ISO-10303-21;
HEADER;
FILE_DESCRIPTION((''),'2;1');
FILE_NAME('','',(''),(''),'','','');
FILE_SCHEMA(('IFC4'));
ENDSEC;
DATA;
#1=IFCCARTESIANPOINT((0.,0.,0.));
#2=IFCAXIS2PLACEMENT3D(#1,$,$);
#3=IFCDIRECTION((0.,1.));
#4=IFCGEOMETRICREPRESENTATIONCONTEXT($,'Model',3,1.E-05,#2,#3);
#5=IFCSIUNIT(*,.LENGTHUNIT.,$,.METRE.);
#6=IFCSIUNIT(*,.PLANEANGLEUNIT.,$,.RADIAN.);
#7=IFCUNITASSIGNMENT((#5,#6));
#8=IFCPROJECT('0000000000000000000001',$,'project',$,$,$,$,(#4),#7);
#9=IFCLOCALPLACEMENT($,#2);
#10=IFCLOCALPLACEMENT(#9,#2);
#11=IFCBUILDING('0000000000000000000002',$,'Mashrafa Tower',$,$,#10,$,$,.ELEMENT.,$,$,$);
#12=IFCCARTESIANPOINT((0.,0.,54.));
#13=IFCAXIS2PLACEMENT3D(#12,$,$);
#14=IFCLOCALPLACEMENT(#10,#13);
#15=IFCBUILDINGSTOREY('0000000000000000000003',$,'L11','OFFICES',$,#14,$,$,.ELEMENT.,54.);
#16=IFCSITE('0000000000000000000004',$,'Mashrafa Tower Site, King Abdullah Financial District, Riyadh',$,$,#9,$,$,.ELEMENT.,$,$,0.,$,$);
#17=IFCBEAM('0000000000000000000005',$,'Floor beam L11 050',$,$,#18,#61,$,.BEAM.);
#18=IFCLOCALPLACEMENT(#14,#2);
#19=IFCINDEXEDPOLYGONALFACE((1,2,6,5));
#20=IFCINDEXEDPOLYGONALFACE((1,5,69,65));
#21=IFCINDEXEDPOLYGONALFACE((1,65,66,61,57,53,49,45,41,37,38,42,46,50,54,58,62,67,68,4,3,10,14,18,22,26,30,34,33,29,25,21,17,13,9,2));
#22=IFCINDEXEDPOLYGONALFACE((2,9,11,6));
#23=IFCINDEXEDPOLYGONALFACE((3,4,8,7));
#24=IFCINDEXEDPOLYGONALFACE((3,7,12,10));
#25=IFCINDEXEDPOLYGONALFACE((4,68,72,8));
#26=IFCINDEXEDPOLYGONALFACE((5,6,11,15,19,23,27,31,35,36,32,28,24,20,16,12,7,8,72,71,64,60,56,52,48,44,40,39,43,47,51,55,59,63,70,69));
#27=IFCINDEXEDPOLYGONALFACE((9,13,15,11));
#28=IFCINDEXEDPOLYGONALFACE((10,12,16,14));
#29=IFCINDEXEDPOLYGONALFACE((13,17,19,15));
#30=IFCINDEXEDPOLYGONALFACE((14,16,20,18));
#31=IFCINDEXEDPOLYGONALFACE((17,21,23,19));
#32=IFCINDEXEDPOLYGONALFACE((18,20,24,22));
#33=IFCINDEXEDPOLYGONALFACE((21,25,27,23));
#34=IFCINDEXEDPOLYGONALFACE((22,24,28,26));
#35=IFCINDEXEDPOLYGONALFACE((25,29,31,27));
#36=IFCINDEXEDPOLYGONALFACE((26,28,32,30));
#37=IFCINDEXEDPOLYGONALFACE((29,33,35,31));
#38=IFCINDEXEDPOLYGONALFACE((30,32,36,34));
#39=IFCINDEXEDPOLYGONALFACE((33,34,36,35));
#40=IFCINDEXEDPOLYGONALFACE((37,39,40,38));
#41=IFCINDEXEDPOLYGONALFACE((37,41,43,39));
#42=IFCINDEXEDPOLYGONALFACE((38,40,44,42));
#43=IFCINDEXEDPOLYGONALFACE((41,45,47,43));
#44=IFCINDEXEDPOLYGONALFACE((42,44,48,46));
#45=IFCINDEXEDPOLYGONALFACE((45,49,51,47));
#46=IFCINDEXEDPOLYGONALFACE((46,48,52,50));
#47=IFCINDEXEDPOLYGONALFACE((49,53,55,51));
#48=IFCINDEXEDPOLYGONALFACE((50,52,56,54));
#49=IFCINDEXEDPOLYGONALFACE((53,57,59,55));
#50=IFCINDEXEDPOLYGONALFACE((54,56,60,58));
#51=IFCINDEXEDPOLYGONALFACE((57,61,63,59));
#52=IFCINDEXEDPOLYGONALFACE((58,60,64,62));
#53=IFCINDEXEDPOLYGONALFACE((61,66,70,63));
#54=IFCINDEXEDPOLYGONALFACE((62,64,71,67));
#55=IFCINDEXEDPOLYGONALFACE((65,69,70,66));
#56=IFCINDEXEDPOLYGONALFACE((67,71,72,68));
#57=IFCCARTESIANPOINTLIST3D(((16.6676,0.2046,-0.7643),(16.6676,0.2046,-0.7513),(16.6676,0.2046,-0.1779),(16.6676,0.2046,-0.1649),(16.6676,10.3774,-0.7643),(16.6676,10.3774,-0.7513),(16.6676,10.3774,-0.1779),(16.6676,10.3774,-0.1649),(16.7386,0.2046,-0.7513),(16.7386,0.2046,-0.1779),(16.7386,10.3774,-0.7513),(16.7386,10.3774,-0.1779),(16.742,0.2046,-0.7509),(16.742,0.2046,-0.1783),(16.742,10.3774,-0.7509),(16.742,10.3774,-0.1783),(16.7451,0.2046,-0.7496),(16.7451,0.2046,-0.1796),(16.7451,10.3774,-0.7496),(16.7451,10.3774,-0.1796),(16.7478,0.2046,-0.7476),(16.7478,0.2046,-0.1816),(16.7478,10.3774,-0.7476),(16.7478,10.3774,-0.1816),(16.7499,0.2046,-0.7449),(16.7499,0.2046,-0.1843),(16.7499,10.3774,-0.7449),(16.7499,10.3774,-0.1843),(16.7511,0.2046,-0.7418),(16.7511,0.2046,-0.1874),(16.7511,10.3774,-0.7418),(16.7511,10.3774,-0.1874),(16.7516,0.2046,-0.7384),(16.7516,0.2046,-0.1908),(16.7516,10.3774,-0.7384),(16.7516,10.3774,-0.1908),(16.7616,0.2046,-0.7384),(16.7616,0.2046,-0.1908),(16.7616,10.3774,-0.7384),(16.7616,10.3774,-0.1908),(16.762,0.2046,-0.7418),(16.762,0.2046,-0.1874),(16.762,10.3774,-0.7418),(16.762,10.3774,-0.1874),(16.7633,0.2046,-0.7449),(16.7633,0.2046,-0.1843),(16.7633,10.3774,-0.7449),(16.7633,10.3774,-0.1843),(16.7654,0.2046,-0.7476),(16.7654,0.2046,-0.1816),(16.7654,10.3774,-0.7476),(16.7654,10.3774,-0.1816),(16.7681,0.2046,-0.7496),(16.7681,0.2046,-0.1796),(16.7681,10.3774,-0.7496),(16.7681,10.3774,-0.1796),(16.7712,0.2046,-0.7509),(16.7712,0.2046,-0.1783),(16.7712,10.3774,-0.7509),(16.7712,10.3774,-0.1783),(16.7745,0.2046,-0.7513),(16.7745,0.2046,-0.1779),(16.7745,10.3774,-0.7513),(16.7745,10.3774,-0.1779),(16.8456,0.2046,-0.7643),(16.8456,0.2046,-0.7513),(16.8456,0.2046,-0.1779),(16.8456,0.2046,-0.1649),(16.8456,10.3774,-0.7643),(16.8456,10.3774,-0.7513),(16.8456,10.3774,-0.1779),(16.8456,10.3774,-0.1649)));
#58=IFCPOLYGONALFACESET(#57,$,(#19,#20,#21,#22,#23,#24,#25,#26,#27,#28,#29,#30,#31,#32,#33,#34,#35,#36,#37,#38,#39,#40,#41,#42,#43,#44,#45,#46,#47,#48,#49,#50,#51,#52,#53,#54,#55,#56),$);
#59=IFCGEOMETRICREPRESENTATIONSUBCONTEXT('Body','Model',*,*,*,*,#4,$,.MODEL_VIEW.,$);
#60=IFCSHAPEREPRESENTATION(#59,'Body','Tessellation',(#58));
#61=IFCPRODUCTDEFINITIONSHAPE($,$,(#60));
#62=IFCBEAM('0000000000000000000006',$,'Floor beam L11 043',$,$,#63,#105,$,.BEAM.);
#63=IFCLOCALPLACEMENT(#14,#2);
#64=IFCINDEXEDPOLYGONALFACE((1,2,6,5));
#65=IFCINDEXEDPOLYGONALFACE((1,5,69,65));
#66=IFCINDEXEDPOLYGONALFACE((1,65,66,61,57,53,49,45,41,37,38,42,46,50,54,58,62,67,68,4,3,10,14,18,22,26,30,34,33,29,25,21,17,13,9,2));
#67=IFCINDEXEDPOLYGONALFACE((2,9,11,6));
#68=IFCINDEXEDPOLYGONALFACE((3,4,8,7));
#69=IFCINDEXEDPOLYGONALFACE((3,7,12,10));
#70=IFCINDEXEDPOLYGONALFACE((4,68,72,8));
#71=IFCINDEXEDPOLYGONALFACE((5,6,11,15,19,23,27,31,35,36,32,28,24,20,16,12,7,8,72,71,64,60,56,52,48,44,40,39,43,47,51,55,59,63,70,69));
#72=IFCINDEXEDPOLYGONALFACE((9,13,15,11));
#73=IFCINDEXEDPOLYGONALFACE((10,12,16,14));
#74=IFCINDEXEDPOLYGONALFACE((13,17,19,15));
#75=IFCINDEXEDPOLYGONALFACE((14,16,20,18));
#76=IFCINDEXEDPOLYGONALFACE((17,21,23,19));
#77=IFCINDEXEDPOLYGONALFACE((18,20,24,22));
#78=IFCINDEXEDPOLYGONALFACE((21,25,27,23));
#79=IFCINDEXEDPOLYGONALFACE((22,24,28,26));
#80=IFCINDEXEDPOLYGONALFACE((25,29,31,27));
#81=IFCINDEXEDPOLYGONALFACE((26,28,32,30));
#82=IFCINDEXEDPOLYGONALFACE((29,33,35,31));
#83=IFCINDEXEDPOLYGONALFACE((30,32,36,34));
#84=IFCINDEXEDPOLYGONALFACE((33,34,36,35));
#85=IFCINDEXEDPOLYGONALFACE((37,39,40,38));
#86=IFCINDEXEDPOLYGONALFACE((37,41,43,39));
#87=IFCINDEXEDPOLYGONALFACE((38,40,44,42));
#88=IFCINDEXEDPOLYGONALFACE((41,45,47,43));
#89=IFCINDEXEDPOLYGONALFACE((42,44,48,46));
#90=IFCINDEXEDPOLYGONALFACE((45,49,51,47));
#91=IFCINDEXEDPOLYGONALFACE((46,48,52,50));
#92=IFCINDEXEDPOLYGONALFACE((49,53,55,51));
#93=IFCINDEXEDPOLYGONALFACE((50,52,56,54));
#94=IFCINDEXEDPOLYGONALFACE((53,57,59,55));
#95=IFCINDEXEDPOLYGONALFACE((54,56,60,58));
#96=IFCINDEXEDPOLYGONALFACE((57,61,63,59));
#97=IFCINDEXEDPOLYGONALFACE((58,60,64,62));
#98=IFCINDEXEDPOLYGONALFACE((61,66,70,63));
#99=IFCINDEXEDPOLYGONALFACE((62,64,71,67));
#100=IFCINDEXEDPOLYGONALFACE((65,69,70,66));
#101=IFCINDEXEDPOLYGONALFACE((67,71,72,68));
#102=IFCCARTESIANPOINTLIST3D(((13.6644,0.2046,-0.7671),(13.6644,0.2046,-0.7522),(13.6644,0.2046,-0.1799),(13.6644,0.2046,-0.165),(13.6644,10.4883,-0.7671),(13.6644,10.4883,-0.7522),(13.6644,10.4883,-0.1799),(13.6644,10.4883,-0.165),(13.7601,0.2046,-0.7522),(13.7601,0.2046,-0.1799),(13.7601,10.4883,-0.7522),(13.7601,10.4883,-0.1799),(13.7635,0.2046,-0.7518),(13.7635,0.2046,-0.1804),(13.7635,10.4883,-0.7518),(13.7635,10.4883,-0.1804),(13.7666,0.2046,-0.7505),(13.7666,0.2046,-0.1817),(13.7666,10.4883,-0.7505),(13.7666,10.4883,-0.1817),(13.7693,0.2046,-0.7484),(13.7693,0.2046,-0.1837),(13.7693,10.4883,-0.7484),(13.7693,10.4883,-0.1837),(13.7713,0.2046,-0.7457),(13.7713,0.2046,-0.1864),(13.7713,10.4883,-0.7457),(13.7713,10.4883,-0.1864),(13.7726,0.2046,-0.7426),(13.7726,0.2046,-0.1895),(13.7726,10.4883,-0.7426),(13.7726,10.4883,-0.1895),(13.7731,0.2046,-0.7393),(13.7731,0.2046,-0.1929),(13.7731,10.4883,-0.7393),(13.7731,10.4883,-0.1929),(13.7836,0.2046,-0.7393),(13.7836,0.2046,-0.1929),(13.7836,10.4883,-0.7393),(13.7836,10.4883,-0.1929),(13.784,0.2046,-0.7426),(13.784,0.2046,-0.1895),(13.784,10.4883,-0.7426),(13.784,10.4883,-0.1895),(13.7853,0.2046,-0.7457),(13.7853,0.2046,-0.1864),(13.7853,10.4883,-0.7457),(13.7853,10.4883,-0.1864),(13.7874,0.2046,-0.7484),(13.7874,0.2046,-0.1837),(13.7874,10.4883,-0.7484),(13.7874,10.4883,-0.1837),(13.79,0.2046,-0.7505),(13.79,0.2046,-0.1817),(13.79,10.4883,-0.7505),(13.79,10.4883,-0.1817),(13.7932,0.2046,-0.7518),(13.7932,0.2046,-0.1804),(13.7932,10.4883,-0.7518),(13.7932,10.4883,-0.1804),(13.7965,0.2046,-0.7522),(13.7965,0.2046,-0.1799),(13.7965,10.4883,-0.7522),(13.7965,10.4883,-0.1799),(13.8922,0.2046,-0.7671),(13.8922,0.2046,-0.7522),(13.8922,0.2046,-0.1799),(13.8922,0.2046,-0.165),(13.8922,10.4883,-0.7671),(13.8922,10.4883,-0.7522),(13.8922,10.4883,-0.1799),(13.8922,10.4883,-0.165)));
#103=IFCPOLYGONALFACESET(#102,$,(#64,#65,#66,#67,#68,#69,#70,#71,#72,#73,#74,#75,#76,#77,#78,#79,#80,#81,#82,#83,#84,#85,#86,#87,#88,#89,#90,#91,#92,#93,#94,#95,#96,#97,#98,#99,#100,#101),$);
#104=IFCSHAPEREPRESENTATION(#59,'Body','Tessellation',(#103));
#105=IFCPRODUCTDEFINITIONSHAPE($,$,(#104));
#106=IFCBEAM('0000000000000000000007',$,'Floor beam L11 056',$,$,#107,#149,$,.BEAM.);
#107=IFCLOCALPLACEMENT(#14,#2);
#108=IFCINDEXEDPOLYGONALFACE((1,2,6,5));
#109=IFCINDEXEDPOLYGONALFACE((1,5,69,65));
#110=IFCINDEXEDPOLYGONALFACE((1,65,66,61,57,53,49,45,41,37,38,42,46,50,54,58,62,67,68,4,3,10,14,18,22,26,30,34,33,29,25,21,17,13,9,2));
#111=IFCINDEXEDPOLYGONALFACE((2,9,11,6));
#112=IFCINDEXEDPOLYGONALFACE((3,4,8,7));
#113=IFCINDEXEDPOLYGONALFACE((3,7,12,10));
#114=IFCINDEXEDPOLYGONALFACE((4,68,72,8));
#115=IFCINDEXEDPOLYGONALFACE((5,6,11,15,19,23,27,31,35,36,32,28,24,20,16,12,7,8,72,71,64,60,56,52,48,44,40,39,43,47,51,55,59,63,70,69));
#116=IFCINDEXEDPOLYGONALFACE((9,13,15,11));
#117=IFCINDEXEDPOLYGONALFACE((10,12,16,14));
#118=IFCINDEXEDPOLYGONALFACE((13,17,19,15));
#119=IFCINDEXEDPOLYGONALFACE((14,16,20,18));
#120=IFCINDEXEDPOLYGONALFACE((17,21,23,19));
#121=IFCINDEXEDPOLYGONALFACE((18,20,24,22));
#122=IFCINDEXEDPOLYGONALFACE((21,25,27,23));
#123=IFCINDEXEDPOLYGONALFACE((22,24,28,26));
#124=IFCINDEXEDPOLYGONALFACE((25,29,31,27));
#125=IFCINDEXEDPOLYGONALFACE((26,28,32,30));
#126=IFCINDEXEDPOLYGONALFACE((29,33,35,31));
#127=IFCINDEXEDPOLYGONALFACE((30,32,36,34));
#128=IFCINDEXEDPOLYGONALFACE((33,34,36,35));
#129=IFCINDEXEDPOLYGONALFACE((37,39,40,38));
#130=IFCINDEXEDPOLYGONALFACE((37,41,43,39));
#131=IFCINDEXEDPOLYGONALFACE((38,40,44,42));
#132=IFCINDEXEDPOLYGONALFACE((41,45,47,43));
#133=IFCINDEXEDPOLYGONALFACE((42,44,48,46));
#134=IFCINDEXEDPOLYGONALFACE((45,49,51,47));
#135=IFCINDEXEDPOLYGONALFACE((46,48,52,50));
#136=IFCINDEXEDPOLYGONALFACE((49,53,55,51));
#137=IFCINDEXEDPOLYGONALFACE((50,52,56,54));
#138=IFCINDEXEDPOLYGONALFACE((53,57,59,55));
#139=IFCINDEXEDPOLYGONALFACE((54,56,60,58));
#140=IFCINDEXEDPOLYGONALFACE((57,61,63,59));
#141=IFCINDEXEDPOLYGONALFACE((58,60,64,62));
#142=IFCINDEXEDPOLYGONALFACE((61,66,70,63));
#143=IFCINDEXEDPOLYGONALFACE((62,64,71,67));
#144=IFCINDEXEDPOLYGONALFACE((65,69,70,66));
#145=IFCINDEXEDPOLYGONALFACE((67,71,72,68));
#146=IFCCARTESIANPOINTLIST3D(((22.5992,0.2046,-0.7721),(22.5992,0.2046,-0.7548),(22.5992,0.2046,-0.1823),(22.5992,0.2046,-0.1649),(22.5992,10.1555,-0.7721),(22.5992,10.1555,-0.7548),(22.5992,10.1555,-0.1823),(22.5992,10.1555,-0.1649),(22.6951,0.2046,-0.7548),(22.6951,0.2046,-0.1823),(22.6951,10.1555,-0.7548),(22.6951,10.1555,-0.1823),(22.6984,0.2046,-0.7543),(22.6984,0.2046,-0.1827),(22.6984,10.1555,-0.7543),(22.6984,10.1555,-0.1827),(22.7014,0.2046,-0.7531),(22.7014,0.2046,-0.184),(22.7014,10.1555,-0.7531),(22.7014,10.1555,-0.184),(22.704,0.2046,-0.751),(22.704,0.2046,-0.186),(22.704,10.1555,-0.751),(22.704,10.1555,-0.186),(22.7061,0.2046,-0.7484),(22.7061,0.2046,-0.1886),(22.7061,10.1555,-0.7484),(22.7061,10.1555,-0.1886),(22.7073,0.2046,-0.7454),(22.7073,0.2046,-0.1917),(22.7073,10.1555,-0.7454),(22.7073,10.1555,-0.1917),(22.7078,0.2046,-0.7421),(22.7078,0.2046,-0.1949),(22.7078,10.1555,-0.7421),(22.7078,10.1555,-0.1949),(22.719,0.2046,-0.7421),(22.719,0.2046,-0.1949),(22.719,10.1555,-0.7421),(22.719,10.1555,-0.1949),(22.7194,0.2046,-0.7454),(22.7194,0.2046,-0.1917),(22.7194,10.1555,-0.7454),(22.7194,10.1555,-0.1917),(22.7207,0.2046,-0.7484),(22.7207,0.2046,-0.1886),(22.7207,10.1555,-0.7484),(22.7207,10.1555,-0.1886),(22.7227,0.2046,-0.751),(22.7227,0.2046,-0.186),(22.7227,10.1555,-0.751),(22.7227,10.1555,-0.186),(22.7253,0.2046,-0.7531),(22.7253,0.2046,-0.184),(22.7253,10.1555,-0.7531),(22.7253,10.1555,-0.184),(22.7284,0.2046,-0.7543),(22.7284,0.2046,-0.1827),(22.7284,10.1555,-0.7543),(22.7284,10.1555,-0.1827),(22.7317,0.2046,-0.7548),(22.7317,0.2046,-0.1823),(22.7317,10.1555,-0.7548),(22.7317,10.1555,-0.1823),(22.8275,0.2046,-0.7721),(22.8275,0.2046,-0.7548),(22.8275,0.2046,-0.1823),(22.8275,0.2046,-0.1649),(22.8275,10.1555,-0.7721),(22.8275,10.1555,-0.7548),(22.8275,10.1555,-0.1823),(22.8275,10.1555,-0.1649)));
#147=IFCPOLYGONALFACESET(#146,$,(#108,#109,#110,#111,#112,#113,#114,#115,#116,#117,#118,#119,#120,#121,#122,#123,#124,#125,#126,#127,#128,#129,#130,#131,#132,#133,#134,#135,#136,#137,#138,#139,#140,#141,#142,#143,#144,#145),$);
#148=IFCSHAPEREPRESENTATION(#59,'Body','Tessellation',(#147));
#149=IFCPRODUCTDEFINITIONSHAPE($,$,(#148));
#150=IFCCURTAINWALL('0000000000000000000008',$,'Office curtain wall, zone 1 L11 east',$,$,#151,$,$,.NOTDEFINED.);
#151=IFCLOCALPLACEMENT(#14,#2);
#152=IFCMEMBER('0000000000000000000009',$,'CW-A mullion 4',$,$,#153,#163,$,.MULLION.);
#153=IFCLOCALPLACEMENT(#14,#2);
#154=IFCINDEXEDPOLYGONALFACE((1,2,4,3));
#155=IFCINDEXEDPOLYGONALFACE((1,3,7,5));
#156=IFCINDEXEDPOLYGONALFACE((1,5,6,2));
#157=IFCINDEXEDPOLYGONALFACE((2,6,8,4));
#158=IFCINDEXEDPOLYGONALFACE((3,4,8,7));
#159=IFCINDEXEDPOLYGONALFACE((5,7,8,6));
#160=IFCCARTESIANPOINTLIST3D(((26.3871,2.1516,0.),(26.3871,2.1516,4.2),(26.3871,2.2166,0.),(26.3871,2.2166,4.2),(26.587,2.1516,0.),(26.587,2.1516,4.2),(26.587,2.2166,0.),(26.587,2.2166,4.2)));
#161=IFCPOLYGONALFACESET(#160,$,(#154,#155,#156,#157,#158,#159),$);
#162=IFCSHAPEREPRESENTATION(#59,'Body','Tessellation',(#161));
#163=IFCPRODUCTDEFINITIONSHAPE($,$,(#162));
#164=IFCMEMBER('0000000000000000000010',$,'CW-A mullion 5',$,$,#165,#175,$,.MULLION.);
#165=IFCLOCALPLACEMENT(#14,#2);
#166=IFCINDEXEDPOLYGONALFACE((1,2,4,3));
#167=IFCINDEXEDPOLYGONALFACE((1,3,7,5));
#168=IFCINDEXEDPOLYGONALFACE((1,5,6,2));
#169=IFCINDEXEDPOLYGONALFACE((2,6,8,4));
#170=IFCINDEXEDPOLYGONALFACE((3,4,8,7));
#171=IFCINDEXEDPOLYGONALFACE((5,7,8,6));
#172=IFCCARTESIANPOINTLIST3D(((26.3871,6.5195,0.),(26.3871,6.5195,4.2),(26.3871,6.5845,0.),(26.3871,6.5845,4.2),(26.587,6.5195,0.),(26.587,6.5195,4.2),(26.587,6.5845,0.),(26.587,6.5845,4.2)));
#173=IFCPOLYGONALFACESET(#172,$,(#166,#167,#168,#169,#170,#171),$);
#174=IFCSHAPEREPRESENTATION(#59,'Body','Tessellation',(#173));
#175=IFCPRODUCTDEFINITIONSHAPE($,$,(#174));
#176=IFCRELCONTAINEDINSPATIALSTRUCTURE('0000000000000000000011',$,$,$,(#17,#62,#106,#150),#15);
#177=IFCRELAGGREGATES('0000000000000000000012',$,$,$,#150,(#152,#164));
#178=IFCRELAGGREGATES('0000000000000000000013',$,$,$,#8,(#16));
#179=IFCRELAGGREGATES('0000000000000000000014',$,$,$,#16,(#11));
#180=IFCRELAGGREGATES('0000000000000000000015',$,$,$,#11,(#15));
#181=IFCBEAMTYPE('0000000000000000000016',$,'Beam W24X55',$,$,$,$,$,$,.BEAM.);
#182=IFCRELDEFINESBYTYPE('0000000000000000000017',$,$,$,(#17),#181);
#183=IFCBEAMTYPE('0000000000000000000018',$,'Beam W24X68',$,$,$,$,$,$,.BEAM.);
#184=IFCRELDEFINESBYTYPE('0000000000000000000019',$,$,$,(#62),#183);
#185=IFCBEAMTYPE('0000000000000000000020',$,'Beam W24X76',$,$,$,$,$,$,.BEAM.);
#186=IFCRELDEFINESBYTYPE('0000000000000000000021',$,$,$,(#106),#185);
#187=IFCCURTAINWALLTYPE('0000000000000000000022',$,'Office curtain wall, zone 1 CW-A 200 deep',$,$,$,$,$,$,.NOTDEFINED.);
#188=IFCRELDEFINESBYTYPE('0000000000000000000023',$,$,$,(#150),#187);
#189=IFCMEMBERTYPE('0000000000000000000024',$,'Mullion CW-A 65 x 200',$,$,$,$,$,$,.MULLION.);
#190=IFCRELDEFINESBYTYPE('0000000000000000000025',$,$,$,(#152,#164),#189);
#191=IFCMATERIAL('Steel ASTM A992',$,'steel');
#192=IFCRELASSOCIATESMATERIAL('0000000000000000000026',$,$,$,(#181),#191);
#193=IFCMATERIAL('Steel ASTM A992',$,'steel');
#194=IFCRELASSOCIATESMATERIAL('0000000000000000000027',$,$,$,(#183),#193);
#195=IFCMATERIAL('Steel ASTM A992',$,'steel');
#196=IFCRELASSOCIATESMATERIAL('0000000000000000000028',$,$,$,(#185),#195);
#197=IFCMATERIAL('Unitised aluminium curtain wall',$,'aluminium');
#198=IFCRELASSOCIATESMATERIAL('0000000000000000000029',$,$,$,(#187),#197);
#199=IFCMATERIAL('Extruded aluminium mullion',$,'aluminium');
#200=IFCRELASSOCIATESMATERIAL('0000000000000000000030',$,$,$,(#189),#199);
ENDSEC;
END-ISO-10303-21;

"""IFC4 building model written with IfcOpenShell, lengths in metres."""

from ifc_helpers import new_model, si_unit, direction, frame, origin, origin_2d, place, context, subcontext, project, spatial, rectangle, i_section, extrude, source, transform, mapped, material, material_profile, profile_set, type_object, type_shapes, element, aggregate, save


model = new_model("IFC4")

# Units and contexts
model_context = context("Model", 3, precision=1e-05, world=origin(), true_north=direction((0.0, 1.0)))
body_context = subcontext(model_context, "Body", "Model", "MODEL_VIEW")
ifc_project = project(units=[si_unit("LENGTHUNIT", "METRE"), si_unit("PLANEANGLEUNIT", "RADIAN")], contexts=[model_context])

# Site, building, storey
site_placement = place(None, origin())
site = spatial("IfcSite", under=ifc_project, at=site_placement, Name="Mashrafa Tower Site, King Abdullah Financial District, Riyadh", CompositionType="ELEMENT", RefElevation=0.0)
building_placement = place(site_placement, origin())
building = spatial("IfcBuilding", under=site, at=building_placement, Name="Mashrafa Tower", CompositionType="ELEMENT")
storey_placement = place(building_placement, frame((0.0, 0.0, 54.0)))
storey = spatial("IfcBuildingStorey", under=building, at=storey_placement, Name="L11", Description="OFFICES", CompositionType="ELEMENT", Elevation=54.0)

# Beams
ifc_material_1 = material(Name="Steel ASTM A992", Category="steel")
ifc_material_profile_1 = material_profile(ifc_material_1, i_section(OverallWidth=0.178, OverallDepth=0.5994, WebThickness=0.01, FlangeThickness=0.0129, FilletRadius=0.0129, at=origin_2d()), Name="W24X55")
ifc_profile_set_1 = profile_set([ifc_material_profile_1], Name="Steel ASTM A992")
beam_type_1 = type_object("IfcBeamType", Name="Beam W24X55", PredefinedType="BEAM", material=ifc_profile_set_1)
beam_1_placement = place(storey_placement, frame((16.7566, 10.3774, -0.4646), z_axis=(0.0, -1.0, 0.0), x_axis=(1.0, 0.0, 0.0)))
element("IfcBeam", 1, at=beam_1_placement, inside=storey, type_object=beam_type_1, Name="Floor beam L11 050", PredefinedType="BEAM", context=body_context, shape_type="SweptSolid", body=[
    extrude(i_section(OverallWidth=0.178, OverallDepth=0.5994, WebThickness=0.01, FlangeThickness=0.0129, FilletRadius=0.0129, at=origin_2d()), origin(), (0.0, 0.0, 1.0), 10.1729),
])
ifc_material_2 = material(Name="Steel ASTM A992", Category="steel")
ifc_material_profile_2 = material_profile(ifc_material_2, i_section(OverallWidth=0.2278, OverallDepth=0.6021, WebThickness=0.0105, FlangeThickness=0.0149, FilletRadius=0.0129, at=origin_2d()), Name="W24X68")
ifc_profile_set_2 = profile_set([ifc_material_profile_2], Name="Steel ASTM A992")
beam_type_2 = type_object("IfcBeamType", Name="Beam W24X68", PredefinedType="BEAM", material=ifc_profile_set_2)
beam_2_placement = place(storey_placement, frame((13.7783, 10.4883, -0.4661), z_axis=(0.0, -1.0, 0.0), x_axis=(1.0, 0.0, 0.0)))
element("IfcBeam", 2, at=beam_2_placement, inside=storey, type_object=beam_type_2, Name="Floor beam L11 043", PredefinedType="BEAM", context=body_context, shape_type="SweptSolid", body=[
    extrude(i_section(OverallWidth=0.2278, OverallDepth=0.6021, WebThickness=0.0105, FlangeThickness=0.0149, FilletRadius=0.0129, at=origin_2d()), origin(), (0.0, 0.0, 1.0), 10.2837),
])
ifc_material_3 = material(Name="Steel ASTM A992", Category="steel")
ifc_material_profile_3 = material_profile(ifc_material_3, i_section(OverallWidth=0.2283, OverallDepth=0.6072, WebThickness=0.0112, FlangeThickness=0.0173, FilletRadius=0.0127, at=origin_2d()), Name="W24X76")
ifc_profile_set_3 = profile_set([ifc_material_profile_3], Name="Steel ASTM A992")
beam_type_3 = type_object("IfcBeamType", Name="Beam W24X76", PredefinedType="BEAM", material=ifc_profile_set_3)
beam_3_placement = place(storey_placement, frame((22.7134, 10.1555, -0.4685), z_axis=(0.0, -1.0, 0.0), x_axis=(1.0, 0.0, 0.0)))
element("IfcBeam", 3, at=beam_3_placement, inside=storey, type_object=beam_type_3, Name="Floor beam L11 056", PredefinedType="BEAM", context=body_context, shape_type="SweptSolid", body=[
    extrude(i_section(OverallWidth=0.2283, OverallDepth=0.6072, WebThickness=0.0112, FlangeThickness=0.0173, FilletRadius=0.0127, at=origin_2d()), origin(), (0.0, 0.0, 1.0), 9.9509),
])

# Curtain wall, members
ifc_material_4 = material(Name="Unitised aluminium curtain wall", Category="aluminium")
curtain_wall_type = type_object("IfcCurtainWallType", Name="Office curtain wall, zone 1 CW-A 200 deep", PredefinedType="NOTDEFINED", material=ifc_material_4)
curtain_wall_placement = place(storey_placement, origin())
curtain_wall = element("IfcCurtainWall", 4, at=curtain_wall_placement, inside=storey, type_object=curtain_wall_type, Name="Office curtain wall, zone 1 L11 east", PredefinedType="NOTDEFINED")
ifc_material_5 = material(Name="Extruded aluminium mullion", Category="aluminium")
ifc_material_profile_4 = material_profile(ifc_material_5, rectangle(XDim=0.2, YDim=0.0649, at=origin_2d()), Name="Mullion 65x200")
ifc_profile_set_4 = profile_set([ifc_material_profile_4], Name="Extruded aluminium mullion")
member_type_1 = type_object("IfcMemberType", Name="Mullion CW-A 65 x 200", PredefinedType="MULLION", material=ifc_profile_set_4)
shared_shape_1 = source(origin(), body_context, "Body", "SweptSolid", [
    extrude(rectangle(XDim=0.2, YDim=0.0649, at=origin_2d()), origin(), (0.0, 0.0, 1.0), 4.2),
])
type_shapes(member_type_1, [shared_shape_1])
member_1_placement = place(storey_placement, frame((26.4871, 2.1841, 0.0), z_axis=(0.0, 0.0, 1.0), x_axis=(-1.0, 0.0, 0.0)))
member_1 = element("IfcMember", 5, at=member_1_placement, type_object=member_type_1, Name="CW-A mullion 4", PredefinedType="MULLION", context=body_context, shape_type="MappedRepresentation", body=[
    mapped(shared_shape_1, transform((0.0, 0.0, 0.0))),
])
member_2_placement = place(storey_placement, frame((26.4871, 6.552, 0.0), z_axis=(0.0, 0.0, 1.0), x_axis=(-1.0, 0.0, 0.0)))
member_2 = element("IfcMember", 6, at=member_2_placement, type_object=member_type_1, Name="CW-A mullion 5", PredefinedType="MULLION", context=body_context, shape_type="MappedRepresentation", body=[
    mapped(shared_shape_1, transform((0.0, 0.0, 0.0))),
])
aggregate(curtain_wall, [member_1, member_2])

save(model, "model.ifc")
